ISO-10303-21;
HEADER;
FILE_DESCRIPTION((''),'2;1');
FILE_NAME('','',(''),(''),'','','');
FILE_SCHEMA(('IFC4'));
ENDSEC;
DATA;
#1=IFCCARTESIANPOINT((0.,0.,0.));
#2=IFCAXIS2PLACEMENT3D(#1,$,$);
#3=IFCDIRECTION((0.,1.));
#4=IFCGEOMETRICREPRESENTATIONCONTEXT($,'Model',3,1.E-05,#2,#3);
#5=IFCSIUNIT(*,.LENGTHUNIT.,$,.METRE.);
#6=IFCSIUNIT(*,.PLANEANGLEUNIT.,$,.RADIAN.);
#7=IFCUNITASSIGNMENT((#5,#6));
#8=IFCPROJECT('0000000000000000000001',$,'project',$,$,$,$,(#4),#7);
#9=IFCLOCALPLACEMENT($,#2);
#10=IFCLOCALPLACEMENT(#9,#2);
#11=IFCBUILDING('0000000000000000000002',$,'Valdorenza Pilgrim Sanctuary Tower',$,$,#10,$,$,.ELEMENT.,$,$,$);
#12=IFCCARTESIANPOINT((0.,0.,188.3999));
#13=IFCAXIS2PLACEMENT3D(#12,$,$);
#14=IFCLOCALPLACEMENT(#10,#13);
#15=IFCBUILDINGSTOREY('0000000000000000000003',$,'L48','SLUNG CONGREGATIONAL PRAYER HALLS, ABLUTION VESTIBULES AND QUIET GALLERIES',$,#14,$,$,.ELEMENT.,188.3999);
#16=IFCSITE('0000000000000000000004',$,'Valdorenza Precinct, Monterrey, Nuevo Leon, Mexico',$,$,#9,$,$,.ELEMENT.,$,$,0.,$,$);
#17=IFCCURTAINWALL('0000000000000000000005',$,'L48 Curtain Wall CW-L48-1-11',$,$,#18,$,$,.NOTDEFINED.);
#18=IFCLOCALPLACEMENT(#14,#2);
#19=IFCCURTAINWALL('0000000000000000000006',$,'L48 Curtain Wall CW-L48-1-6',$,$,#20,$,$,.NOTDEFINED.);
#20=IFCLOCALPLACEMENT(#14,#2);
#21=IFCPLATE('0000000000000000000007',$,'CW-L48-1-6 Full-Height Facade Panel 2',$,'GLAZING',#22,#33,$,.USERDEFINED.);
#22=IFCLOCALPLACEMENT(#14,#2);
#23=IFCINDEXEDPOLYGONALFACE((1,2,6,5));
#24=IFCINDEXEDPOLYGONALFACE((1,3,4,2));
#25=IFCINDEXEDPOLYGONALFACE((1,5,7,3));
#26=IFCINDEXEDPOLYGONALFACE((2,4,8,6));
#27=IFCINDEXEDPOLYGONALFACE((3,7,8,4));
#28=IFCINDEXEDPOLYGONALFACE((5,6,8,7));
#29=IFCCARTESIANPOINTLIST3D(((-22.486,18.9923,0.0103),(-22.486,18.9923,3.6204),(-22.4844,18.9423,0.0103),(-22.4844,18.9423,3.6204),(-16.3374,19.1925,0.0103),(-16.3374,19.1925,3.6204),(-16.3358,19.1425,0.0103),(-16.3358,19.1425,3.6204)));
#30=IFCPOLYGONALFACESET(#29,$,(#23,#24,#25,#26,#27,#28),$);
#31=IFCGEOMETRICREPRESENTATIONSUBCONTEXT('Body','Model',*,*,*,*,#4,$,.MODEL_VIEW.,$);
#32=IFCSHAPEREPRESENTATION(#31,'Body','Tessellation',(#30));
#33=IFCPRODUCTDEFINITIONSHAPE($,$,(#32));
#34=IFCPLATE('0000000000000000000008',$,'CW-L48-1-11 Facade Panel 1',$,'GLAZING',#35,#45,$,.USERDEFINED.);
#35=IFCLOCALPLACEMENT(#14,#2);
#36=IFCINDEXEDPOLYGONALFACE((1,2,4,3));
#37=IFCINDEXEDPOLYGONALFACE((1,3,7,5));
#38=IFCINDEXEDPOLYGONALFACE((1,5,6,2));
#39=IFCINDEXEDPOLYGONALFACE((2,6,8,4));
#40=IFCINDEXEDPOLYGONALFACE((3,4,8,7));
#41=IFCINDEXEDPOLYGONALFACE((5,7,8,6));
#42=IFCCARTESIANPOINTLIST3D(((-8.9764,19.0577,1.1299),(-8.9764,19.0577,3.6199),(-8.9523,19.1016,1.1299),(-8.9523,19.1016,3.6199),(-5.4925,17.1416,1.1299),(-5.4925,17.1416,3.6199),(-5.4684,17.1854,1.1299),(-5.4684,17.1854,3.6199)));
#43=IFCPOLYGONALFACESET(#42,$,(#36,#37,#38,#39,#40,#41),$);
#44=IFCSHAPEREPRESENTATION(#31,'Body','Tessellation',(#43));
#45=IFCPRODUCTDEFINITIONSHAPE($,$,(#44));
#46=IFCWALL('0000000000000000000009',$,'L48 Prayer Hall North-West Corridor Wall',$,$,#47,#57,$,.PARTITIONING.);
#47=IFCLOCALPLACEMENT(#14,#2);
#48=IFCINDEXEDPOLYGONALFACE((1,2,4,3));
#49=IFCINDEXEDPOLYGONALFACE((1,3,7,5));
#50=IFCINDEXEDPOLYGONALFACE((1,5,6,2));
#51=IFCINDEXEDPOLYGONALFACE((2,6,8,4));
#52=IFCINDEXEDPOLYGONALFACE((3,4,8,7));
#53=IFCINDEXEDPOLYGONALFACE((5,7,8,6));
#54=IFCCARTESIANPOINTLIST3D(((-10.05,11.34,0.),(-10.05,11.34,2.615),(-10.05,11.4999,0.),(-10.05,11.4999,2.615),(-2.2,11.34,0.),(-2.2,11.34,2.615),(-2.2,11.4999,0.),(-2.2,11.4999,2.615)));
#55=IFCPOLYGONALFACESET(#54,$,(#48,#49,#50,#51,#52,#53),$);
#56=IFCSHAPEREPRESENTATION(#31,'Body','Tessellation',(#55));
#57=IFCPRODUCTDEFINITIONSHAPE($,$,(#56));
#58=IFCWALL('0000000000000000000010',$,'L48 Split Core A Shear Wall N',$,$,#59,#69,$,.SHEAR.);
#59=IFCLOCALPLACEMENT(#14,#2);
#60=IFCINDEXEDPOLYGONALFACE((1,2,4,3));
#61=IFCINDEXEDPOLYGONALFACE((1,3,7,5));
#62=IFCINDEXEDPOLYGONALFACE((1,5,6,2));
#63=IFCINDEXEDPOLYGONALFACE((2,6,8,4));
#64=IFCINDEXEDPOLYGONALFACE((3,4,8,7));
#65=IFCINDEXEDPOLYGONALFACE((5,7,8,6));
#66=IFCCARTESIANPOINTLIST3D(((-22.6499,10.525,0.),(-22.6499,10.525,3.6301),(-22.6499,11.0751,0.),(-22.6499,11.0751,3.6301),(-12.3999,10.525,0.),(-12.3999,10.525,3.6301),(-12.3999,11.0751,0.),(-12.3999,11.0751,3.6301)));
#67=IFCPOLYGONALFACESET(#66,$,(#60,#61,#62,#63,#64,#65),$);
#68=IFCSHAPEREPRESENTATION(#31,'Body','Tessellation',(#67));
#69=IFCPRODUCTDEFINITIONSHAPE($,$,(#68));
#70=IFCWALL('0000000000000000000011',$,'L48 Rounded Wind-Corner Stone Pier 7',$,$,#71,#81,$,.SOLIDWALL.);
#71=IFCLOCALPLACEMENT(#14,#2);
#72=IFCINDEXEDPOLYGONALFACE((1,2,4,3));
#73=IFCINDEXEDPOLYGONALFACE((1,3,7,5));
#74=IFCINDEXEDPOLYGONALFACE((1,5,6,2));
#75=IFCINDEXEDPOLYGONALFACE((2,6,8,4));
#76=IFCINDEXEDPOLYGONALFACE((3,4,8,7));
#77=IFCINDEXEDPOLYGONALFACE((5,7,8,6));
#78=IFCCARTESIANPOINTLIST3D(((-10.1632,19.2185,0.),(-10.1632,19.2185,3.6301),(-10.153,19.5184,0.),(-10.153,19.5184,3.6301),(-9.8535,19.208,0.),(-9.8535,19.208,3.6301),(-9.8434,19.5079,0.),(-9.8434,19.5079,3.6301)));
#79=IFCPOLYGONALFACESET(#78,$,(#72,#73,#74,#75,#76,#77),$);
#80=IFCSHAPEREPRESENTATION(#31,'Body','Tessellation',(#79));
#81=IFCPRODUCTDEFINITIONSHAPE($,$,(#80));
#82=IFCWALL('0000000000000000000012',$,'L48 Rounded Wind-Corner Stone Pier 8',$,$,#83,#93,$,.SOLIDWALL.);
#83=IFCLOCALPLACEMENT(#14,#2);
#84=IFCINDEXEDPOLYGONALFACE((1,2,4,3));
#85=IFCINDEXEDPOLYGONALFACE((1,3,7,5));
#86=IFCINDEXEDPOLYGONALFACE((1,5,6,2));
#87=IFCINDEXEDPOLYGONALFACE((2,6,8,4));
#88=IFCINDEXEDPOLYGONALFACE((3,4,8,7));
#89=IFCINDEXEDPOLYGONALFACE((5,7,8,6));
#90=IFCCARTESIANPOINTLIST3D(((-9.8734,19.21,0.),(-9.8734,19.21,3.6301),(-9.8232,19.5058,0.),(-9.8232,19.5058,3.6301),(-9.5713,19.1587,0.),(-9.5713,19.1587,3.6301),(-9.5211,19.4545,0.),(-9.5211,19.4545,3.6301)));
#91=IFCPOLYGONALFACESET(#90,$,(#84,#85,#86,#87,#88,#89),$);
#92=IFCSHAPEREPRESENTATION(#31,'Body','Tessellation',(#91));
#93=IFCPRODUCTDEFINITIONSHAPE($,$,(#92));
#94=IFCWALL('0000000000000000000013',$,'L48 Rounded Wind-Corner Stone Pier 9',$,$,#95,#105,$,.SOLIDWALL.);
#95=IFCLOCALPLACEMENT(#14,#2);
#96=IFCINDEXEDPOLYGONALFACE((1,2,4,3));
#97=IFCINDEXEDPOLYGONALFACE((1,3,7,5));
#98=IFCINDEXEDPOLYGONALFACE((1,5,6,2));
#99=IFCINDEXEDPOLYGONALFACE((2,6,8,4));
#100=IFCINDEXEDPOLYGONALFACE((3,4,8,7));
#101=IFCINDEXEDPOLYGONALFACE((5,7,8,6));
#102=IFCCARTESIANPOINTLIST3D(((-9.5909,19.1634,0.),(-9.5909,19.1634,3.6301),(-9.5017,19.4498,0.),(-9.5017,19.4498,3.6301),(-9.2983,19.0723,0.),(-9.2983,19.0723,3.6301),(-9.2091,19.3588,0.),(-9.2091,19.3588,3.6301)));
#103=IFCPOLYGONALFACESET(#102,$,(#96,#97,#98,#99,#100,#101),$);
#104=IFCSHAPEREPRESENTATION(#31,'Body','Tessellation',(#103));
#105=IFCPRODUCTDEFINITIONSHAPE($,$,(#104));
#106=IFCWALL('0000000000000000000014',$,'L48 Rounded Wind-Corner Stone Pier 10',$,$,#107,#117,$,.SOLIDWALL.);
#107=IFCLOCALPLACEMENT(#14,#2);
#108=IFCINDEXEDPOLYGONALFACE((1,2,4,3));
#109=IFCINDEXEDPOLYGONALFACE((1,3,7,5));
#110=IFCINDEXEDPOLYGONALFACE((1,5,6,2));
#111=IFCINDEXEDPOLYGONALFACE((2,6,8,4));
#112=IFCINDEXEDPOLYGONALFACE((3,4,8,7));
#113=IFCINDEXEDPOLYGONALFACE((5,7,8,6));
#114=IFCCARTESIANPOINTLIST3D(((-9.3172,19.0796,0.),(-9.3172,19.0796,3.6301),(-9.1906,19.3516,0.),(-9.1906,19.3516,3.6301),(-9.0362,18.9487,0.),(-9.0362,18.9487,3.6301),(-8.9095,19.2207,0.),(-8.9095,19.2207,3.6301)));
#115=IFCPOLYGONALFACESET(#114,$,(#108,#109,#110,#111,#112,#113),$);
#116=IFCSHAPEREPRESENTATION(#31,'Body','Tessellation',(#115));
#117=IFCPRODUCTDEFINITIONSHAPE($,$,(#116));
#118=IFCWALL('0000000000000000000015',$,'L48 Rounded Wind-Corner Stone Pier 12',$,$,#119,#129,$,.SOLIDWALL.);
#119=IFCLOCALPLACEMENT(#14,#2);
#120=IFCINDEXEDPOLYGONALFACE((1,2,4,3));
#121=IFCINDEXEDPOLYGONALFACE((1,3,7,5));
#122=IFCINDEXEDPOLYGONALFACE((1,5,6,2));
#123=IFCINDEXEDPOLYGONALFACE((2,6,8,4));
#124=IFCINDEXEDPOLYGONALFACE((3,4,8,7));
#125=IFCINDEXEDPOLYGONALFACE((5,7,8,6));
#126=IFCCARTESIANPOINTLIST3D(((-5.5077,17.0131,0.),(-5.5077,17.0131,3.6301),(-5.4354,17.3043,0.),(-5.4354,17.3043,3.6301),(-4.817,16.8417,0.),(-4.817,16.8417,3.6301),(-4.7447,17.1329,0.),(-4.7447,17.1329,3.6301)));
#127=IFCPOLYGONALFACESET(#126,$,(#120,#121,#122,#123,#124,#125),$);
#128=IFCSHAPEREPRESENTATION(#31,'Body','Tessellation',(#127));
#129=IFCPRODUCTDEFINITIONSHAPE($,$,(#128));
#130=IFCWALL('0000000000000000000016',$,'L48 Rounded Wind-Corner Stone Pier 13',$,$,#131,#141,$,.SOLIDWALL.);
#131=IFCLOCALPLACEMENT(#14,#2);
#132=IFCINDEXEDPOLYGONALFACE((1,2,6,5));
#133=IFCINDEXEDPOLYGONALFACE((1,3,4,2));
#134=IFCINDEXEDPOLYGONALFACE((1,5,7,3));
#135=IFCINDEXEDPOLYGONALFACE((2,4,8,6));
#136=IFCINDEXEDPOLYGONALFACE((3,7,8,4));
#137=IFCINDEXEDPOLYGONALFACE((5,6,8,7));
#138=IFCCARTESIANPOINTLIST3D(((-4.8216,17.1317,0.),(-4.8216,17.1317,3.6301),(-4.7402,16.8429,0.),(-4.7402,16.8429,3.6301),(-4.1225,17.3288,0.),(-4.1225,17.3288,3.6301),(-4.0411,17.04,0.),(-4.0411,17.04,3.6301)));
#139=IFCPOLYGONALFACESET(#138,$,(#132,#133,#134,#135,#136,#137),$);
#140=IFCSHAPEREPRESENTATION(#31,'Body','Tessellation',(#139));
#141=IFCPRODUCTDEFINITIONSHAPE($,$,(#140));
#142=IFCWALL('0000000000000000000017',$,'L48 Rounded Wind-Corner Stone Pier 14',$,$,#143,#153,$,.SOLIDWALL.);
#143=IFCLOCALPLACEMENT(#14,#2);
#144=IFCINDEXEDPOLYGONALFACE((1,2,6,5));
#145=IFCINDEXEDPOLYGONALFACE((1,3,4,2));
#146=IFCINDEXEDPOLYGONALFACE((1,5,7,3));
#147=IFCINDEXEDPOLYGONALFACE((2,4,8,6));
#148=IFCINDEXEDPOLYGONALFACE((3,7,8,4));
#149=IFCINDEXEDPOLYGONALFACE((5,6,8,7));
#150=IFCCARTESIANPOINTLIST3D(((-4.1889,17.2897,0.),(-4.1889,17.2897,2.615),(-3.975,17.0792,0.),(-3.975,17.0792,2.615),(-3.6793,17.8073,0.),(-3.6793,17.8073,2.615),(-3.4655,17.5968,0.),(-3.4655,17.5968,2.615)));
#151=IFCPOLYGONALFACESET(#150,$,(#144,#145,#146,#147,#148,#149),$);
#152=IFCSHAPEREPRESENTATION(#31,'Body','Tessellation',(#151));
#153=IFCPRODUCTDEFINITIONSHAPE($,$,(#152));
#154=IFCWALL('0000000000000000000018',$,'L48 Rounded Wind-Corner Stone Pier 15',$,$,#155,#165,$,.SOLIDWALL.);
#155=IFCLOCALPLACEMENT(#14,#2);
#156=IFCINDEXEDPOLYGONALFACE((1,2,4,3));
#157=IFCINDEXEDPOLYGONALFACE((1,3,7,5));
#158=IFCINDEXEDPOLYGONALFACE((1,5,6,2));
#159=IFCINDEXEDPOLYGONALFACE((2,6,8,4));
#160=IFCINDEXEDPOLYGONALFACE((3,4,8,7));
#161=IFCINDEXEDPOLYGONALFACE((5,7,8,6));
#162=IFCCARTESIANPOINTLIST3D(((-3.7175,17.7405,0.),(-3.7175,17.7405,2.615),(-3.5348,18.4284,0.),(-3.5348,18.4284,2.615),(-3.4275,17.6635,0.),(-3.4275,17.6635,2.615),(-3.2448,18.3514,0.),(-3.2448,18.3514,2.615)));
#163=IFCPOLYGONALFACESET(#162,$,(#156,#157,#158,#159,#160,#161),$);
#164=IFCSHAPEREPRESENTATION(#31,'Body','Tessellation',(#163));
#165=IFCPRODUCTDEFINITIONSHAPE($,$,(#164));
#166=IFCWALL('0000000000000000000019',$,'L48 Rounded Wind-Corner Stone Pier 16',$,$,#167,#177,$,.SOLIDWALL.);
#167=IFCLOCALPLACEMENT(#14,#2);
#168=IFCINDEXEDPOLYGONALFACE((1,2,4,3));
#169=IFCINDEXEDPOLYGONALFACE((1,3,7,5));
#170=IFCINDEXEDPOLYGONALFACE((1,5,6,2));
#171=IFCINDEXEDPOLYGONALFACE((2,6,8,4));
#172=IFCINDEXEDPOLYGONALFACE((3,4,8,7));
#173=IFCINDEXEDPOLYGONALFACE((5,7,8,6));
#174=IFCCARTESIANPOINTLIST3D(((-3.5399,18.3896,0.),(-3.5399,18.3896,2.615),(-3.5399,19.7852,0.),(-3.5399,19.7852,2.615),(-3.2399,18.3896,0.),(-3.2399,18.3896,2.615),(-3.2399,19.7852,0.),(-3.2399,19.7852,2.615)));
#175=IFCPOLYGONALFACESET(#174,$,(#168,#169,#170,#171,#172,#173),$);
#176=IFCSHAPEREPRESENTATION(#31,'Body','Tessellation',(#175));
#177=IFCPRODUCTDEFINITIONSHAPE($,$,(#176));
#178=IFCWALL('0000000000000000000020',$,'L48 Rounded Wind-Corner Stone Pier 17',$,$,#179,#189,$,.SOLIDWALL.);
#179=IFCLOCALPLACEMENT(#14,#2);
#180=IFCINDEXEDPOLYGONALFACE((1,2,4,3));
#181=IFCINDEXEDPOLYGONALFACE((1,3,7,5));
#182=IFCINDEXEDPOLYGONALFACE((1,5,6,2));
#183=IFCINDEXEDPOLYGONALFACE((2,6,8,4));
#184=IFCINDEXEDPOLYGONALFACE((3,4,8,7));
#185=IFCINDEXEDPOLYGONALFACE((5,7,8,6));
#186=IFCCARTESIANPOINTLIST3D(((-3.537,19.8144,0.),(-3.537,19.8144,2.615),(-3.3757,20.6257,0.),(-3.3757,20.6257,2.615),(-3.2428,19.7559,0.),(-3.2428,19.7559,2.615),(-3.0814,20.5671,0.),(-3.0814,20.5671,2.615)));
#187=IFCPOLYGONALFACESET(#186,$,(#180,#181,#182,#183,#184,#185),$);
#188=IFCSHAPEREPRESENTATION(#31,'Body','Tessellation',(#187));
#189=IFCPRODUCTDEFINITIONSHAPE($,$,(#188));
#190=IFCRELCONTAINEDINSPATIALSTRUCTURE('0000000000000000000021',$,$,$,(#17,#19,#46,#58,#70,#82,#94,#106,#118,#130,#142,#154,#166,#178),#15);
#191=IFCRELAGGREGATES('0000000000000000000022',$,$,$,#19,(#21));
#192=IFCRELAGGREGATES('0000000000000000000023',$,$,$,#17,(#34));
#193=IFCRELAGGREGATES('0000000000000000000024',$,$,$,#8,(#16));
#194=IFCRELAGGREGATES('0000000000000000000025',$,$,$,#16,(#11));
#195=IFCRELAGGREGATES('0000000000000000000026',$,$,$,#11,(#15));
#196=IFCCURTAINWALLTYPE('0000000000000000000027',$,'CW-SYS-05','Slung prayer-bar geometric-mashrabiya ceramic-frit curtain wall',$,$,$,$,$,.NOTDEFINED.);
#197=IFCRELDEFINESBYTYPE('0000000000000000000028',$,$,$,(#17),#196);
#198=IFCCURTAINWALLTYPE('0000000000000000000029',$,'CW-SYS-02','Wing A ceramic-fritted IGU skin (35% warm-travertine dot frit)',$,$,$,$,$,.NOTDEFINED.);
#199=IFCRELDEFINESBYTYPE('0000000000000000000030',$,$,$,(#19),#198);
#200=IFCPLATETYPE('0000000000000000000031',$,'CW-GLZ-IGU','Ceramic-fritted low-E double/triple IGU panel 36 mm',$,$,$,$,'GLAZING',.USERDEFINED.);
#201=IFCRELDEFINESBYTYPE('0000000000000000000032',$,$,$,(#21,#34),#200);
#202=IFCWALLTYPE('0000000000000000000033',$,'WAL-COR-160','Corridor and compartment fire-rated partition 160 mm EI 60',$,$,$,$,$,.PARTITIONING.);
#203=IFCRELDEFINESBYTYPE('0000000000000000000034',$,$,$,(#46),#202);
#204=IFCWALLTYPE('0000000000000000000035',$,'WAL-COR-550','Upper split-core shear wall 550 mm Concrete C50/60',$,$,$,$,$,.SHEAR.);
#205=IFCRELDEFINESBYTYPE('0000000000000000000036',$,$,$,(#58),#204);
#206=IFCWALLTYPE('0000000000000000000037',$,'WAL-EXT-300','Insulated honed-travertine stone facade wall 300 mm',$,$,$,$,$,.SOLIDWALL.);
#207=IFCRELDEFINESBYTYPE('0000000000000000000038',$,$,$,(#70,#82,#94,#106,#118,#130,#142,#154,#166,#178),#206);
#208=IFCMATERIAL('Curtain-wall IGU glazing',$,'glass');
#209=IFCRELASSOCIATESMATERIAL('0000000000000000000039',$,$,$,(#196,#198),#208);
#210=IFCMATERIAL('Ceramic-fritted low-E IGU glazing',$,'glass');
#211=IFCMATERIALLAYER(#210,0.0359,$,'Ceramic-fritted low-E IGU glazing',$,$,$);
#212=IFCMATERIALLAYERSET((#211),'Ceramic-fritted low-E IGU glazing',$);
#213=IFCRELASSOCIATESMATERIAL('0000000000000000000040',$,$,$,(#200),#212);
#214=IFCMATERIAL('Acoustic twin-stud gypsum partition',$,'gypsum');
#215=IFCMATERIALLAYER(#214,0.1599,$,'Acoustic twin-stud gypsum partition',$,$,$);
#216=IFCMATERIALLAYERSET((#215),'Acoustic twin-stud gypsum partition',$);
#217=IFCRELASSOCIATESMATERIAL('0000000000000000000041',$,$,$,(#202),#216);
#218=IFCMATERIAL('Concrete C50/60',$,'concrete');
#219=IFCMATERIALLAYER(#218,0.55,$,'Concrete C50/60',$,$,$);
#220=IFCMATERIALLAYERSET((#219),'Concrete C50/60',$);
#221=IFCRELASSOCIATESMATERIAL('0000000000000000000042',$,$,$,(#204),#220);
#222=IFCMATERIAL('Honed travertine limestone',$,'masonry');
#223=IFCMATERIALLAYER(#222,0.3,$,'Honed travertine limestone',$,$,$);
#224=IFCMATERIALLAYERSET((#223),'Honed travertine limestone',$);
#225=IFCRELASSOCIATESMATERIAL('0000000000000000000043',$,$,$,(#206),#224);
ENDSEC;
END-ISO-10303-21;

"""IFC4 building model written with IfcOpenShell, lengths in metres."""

from ifc_helpers import new_model, si_unit, direction, frame, frame_2d, origin, origin_2d, place, context, subcontext, project, spatial, rectangle, extrude, source, transform, mapped, material, layer, layer_set, type_object, element, aggregate, save


model = new_model("IFC4")

# Units and contexts
model_context = context("Model", 3, precision=1e-05, world=origin(), true_north=direction((0.0, 1.0)))
body_context = subcontext(model_context, "Body", "Model", "MODEL_VIEW")
ifc_project = project(units=[si_unit("LENGTHUNIT", "METRE"), si_unit("PLANEANGLEUNIT", "RADIAN")], contexts=[model_context])

# Site, building, storey
site_placement = place(None, origin())
site = spatial("IfcSite", under=ifc_project, at=site_placement, Name="Valdorenza Precinct, Monterrey, Nuevo Leon, Mexico", CompositionType="ELEMENT", RefElevation=0.0)
building_placement = place(site_placement, origin())
building = spatial("IfcBuilding", under=site, at=building_placement, Name="Valdorenza Pilgrim Sanctuary Tower", CompositionType="ELEMENT")
storey_placement = place(building_placement, frame((0.0, 0.0, 188.3999)))
storey = spatial("IfcBuildingStorey", under=building, at=storey_placement, Name="L48", Description="SLUNG CONGREGATIONAL PRAYER HALLS, ABLUTION VESTIBULES AND QUIET GALLERIES", CompositionType="ELEMENT", Elevation=188.3999)

# Shared definitions
ifc_material_1 = material(Name="Concrete C50/60", Category="concrete")

# Curtain wall
ifc_material_2 = material(Name="Curtain-wall IGU glazing", Category="glass")
curtain_wall_type_1 = type_object("IfcCurtainWallType", Name="CW-SYS-05", Description="Slung prayer-bar geometric-mashrabiya ceramic-frit curtain wall", PredefinedType="NOTDEFINED", material=ifc_material_2)
curtain_wall_1_placement = place(storey_placement, origin())
curtain_wall_1 = element("IfcCurtainWall", 1, at=curtain_wall_1_placement, inside=storey, type_object=curtain_wall_type_1, Name="L48 Curtain Wall CW-L48-1-11", PredefinedType="NOTDEFINED")

# Curtain wall
curtain_wall_type_2 = type_object("IfcCurtainWallType", Name="CW-SYS-02", Description="Wing A ceramic-fritted IGU skin (35% warm-travertine dot frit)", PredefinedType="NOTDEFINED", material=ifc_material_2)
curtain_wall_2_placement = place(storey_placement, origin())
curtain_wall_2 = element("IfcCurtainWall", 2, at=curtain_wall_2_placement, inside=storey, type_object=curtain_wall_type_2, Name="L48 Curtain Wall CW-L48-1-6", PredefinedType="NOTDEFINED")

# Plates
ifc_material_3 = material(Name="Honed travertine limestone", Category="masonry")
ifc_material_4 = material(Name="Ceramic-fritted low-E IGU glazing", Category="glass")
ifc_layer_1 = layer(ifc_material_4, 0.0359, Name="Ceramic-fritted low-E IGU glazing")
ifc_layer_set_1 = layer_set([ifc_layer_1], Name="Ceramic-fritted low-E IGU glazing")
plate_type_1 = type_object("IfcPlateType", Name="CW-GLZ-IGU", Description="Ceramic-fritted low-E double/triple IGU panel 36 mm", ElementType="GLAZING", PredefinedType="USERDEFINED", material=ifc_layer_set_1)
shared_shape_1 = source(origin(), body_context, "Body", "SweptSolid", [
    extrude(rectangle(XDim=6.1519, YDim=0.05, at=origin_2d()), origin(), (0.0, 0.0, 1.0), 3.6101),
])
plate_1_placement = place(storey_placement, frame((-19.4109, 19.0674, 0.0103), z_axis=(0.0, 0.0, 1.0), x_axis=(0.99947, 0.032545, 0.0)))
plate_1 = element("IfcPlate", 3, at=plate_1_placement, type_object=plate_type_1, Name="CW-L48-1-6 Full-Height Facade Panel 2", ObjectType="GLAZING", PredefinedType="USERDEFINED", context=body_context, shape_type="MappedRepresentation", body=[
    mapped(shared_shape_1, transform((0.0, 0.0, 0.0), x_axis=(1.0, 0.0, 0.0), y_axis=(0.0, 1.0, 0.0), z_axis=(0.0, 0.0, 1.0), scale=1.0)),
])
aggregate(curtain_wall_2, [plate_1])
shared_shape_2 = source(origin(), body_context, "Body", "SweptSolid", [
    extrude(rectangle(XDim=3.9761, YDim=0.05, at=origin_2d()), origin(), (0.0, 0.0, 1.0), 2.49),
])
plate_2_placement = place(storey_placement, frame((-7.2224, 18.1216, 1.1299), z_axis=(0.0, 0.0, 1.0), x_axis=(0.876214, -0.481922, 0.0)))
plate_2 = element("IfcPlate", 4, at=plate_2_placement, type_object=plate_type_1, Name="CW-L48-1-11 Facade Panel 1", ObjectType="GLAZING", PredefinedType="USERDEFINED", context=body_context, shape_type="MappedRepresentation", body=[
    mapped(shared_shape_2, transform((0.0, 0.0, 0.0), x_axis=(1.0, 0.0, 0.0), y_axis=(0.0, 1.0, 0.0), z_axis=(0.0, 0.0, 1.0), scale=1.0)),
])
aggregate(curtain_wall_1, [plate_2])

# Walls
ifc_material_5 = material(Name="Acoustic twin-stud gypsum partition", Category="gypsum")
ifc_layer_2 = layer(ifc_material_5, 0.1599, Name="Acoustic twin-stud gypsum partition")
ifc_layer_set_2 = layer_set([ifc_layer_2], Name="Acoustic twin-stud gypsum partition")
wall_type_1 = type_object("IfcWallType", Name="WAL-COR-160", Description="Corridor and compartment fire-rated partition 160 mm EI 60", PredefinedType="PARTITIONING", material=ifc_layer_set_2)
wall_1_placement = place(storey_placement, frame((-10.05, 11.4199, 0.0), z_axis=(0.0, 0.0, 1.0), x_axis=(1.0, 0.0, 0.0)))
element("IfcWall", 5, at=wall_1_placement, inside=storey, type_object=wall_type_1, Name="L48 Prayer Hall North-West Corridor Wall", PredefinedType="PARTITIONING", context=body_context, shape_type="SweptSolid", body=[
    extrude(rectangle(XDim=7.8501, YDim=0.1599, at=frame_2d((3.925, 0.0))), origin(), (0.0, 0.0, 1.0), 2.615),
])
ifc_layer_3 = layer(ifc_material_1, 0.55, Name="Concrete C50/60")
ifc_layer_set_3 = layer_set([ifc_layer_3], Name="Concrete C50/60")
wall_type_2 = type_object("IfcWallType", Name="WAL-COR-550", Description="Upper split-core shear wall 550 mm Concrete C50/60", PredefinedType="SHEAR", material=ifc_layer_set_3)
wall_2_placement = place(storey_placement, frame((-22.6499, 10.8, 0.0), z_axis=(0.0, 0.0, 1.0), x_axis=(1.0, 0.0, 0.0)))
element("IfcWall", 6, at=wall_2_placement, inside=storey, type_object=wall_type_2, Name="L48 Split Core A Shear Wall N", PredefinedType="SHEAR", context=body_context, shape_type="SweptSolid", body=[
    extrude(rectangle(XDim=10.25, YDim=0.55, at=frame_2d((5.125, 0.0))), origin(), (0.0, 0.0, 1.0), 3.6301),
])
ifc_layer_4 = layer(ifc_material_3, 0.3, Name="Honed travertine limestone")
ifc_layer_set_4 = layer_set([ifc_layer_4], Name="Honed travertine limestone")
wall_type_3 = type_object("IfcWallType", Name="WAL-EXT-300", Description="Insulated honed-travertine stone facade wall 300 mm", PredefinedType="SOLIDWALL", material=ifc_layer_set_4)
wall_3_placement = place(storey_placement, frame((-10.158, 19.3684, 0.0), z_axis=(0.0, 0.0, 1.0), x_axis=(0.999425, -0.033892, 0.0)))
element("IfcWall", 7, at=wall_3_placement, inside=storey, type_object=wall_type_3, Name="L48 Rounded Wind-Corner Stone Pier 7", PredefinedType="SOLIDWALL", context=body_context, shape_type="SweptSolid", body=[
    extrude(rectangle(XDim=0.3098, YDim=0.3, at=frame_2d((0.1548, 0.0))), origin(), (0.0, 0.0, 1.0), 3.6301),
])
for number, where, z_axis, x_axis, name in (
    (8, (-9.8484, 19.3579, 0.0), (0.0, 0.0, 1.0), (0.985894, -0.167371, 0.0), "L48 Rounded Wind-Corner Stone Pier 8"),
    (9, (-9.5464, 19.3066, 0.0), (0.0, 0.0, 1.0), (0.954791, -0.297276, 0.0), "L48 Rounded Wind-Corner Stone Pier 9"),
):
    element("IfcWall", number, at=place(storey_placement, frame(where, z_axis=z_axis, x_axis=x_axis)), inside=storey, type_object=wall_type_3, Name=name, PredefinedType="SOLIDWALL", context=body_context, shape_type="SweptSolid", body=[
        extrude(rectangle(XDim=0.3064, YDim=0.3, at=frame_2d((0.1533, 0.0))), origin(), (0.0, 0.0, 1.0), 3.6301),
    ])
wall_4_placement = place(storey_placement, frame((-9.2539, 19.2156, 0.0), z_axis=(0.0, 0.0, 1.0), x_axis=(0.906525, -0.422152, 0.0)))
element("IfcWall", 10, at=wall_4_placement, inside=storey, type_object=wall_type_3, Name="L48 Rounded Wind-Corner Stone Pier 10", PredefinedType="SOLIDWALL", context=body_context, shape_type="SweptSolid", body=[
    extrude(rectangle(XDim=0.3101, YDim=0.3, at=frame_2d((0.155, 0.0))), origin(), (0.0, 0.0, 1.0), 3.6301),
])
wall_5_placement = place(storey_placement, frame((-5.4717, 17.1587, 0.0), z_axis=(0.0, 0.0, 1.0), x_axis=(0.970565, -0.24084, 0.0)))
element("IfcWall", 11, at=wall_5_placement, inside=storey, type_object=wall_type_3, Name="L48 Rounded Wind-Corner Stone Pier 12", PredefinedType="SOLIDWALL", context=body_context, shape_type="SweptSolid", body=[
    extrude(rectangle(XDim=0.7117, YDim=0.3, at=frame_2d((0.356, 0.0))), origin(), (0.0, 0.0, 1.0), 3.6301),
])
wall_6_placement = place(storey_placement, frame((-4.781, 16.9873, 0.0), z_axis=(0.0, 0.0, 1.0), x_axis=(0.962495, 0.2713, 0.0)))
element("IfcWall", 12, at=wall_6_placement, inside=storey, type_object=wall_type_3, Name="L48 Rounded Wind-Corner Stone Pier 13", PredefinedType="SOLIDWALL", context=body_context, shape_type="SweptSolid", body=[
    extrude(rectangle(XDim=0.7263, YDim=0.3, at=frame_2d((0.3633, 0.0))), origin(), (0.0, 0.0, 1.0), 3.6301),
])
wall_7_placement = place(storey_placement, frame((-4.082, 17.1843, 0.0), z_axis=(0.0, 0.0, 1.0), x_axis=(0.701539, 0.712631, 0.0)))
element("IfcWall", 13, at=wall_7_placement, inside=storey, type_object=wall_type_3, Name="L48 Rounded Wind-Corner Stone Pier 14", PredefinedType="SOLIDWALL", context=body_context, shape_type="SweptSolid", body=[
    extrude(rectangle(XDim=0.7263, YDim=0.3, at=frame_2d((0.3633, 0.0))), origin(), (0.0, 0.0, 1.0), 2.615),
])
wall_8_placement = place(storey_placement, frame((-3.5725, 17.7019, 0.0), z_axis=(0.0, 0.0, 1.0), x_axis=(0.256637, 0.966508, 0.0)))
element("IfcWall", 14, at=wall_8_placement, inside=storey, type_object=wall_type_3, Name="L48 Rounded Wind-Corner Stone Pier 15", PredefinedType="SOLIDWALL", context=body_context, shape_type="SweptSolid", body=[
    extrude(rectangle(XDim=0.7117, YDim=0.3, at=frame_2d((0.356, 0.0))), origin(), (0.0, 0.0, 1.0), 2.615),
])
wall_9_placement = place(storey_placement, frame((-3.3899, 18.3896, 0.0), z_axis=(0.0, 0.0, 1.0), x_axis=(0.0, 1.0, 0.0)))
element("IfcWall", 15, at=wall_9_placement, inside=storey, type_object=wall_type_3, Name="L48 Rounded Wind-Corner Stone Pier 16", PredefinedType="SOLIDWALL", context=body_context, shape_type="SweptSolid", body=[
    extrude(rectangle(XDim=1.3955, YDim=0.3, at=frame_2d((0.6978, 0.0))), origin(), (0.0, 0.0, 1.0), 2.615),
])
wall_10_placement = place(storey_placement, frame((-3.3899, 19.7852, 0.0), z_axis=(0.0, 0.0, 1.0), x_axis=(0.195094, 0.980784, 0.0)))
element("IfcWall", 16, at=wall_10_placement, inside=storey, type_object=wall_type_3, Name="L48 Rounded Wind-Corner Stone Pier 17", PredefinedType="SOLIDWALL", context=body_context, shape_type="SweptSolid", body=[
    extrude(rectangle(XDim=0.8271, YDim=0.3, at=frame_2d((0.4136, 0.0))), origin(), (0.0, 0.0, 1.0), 2.615),
])

save(model, "model.ifc")
